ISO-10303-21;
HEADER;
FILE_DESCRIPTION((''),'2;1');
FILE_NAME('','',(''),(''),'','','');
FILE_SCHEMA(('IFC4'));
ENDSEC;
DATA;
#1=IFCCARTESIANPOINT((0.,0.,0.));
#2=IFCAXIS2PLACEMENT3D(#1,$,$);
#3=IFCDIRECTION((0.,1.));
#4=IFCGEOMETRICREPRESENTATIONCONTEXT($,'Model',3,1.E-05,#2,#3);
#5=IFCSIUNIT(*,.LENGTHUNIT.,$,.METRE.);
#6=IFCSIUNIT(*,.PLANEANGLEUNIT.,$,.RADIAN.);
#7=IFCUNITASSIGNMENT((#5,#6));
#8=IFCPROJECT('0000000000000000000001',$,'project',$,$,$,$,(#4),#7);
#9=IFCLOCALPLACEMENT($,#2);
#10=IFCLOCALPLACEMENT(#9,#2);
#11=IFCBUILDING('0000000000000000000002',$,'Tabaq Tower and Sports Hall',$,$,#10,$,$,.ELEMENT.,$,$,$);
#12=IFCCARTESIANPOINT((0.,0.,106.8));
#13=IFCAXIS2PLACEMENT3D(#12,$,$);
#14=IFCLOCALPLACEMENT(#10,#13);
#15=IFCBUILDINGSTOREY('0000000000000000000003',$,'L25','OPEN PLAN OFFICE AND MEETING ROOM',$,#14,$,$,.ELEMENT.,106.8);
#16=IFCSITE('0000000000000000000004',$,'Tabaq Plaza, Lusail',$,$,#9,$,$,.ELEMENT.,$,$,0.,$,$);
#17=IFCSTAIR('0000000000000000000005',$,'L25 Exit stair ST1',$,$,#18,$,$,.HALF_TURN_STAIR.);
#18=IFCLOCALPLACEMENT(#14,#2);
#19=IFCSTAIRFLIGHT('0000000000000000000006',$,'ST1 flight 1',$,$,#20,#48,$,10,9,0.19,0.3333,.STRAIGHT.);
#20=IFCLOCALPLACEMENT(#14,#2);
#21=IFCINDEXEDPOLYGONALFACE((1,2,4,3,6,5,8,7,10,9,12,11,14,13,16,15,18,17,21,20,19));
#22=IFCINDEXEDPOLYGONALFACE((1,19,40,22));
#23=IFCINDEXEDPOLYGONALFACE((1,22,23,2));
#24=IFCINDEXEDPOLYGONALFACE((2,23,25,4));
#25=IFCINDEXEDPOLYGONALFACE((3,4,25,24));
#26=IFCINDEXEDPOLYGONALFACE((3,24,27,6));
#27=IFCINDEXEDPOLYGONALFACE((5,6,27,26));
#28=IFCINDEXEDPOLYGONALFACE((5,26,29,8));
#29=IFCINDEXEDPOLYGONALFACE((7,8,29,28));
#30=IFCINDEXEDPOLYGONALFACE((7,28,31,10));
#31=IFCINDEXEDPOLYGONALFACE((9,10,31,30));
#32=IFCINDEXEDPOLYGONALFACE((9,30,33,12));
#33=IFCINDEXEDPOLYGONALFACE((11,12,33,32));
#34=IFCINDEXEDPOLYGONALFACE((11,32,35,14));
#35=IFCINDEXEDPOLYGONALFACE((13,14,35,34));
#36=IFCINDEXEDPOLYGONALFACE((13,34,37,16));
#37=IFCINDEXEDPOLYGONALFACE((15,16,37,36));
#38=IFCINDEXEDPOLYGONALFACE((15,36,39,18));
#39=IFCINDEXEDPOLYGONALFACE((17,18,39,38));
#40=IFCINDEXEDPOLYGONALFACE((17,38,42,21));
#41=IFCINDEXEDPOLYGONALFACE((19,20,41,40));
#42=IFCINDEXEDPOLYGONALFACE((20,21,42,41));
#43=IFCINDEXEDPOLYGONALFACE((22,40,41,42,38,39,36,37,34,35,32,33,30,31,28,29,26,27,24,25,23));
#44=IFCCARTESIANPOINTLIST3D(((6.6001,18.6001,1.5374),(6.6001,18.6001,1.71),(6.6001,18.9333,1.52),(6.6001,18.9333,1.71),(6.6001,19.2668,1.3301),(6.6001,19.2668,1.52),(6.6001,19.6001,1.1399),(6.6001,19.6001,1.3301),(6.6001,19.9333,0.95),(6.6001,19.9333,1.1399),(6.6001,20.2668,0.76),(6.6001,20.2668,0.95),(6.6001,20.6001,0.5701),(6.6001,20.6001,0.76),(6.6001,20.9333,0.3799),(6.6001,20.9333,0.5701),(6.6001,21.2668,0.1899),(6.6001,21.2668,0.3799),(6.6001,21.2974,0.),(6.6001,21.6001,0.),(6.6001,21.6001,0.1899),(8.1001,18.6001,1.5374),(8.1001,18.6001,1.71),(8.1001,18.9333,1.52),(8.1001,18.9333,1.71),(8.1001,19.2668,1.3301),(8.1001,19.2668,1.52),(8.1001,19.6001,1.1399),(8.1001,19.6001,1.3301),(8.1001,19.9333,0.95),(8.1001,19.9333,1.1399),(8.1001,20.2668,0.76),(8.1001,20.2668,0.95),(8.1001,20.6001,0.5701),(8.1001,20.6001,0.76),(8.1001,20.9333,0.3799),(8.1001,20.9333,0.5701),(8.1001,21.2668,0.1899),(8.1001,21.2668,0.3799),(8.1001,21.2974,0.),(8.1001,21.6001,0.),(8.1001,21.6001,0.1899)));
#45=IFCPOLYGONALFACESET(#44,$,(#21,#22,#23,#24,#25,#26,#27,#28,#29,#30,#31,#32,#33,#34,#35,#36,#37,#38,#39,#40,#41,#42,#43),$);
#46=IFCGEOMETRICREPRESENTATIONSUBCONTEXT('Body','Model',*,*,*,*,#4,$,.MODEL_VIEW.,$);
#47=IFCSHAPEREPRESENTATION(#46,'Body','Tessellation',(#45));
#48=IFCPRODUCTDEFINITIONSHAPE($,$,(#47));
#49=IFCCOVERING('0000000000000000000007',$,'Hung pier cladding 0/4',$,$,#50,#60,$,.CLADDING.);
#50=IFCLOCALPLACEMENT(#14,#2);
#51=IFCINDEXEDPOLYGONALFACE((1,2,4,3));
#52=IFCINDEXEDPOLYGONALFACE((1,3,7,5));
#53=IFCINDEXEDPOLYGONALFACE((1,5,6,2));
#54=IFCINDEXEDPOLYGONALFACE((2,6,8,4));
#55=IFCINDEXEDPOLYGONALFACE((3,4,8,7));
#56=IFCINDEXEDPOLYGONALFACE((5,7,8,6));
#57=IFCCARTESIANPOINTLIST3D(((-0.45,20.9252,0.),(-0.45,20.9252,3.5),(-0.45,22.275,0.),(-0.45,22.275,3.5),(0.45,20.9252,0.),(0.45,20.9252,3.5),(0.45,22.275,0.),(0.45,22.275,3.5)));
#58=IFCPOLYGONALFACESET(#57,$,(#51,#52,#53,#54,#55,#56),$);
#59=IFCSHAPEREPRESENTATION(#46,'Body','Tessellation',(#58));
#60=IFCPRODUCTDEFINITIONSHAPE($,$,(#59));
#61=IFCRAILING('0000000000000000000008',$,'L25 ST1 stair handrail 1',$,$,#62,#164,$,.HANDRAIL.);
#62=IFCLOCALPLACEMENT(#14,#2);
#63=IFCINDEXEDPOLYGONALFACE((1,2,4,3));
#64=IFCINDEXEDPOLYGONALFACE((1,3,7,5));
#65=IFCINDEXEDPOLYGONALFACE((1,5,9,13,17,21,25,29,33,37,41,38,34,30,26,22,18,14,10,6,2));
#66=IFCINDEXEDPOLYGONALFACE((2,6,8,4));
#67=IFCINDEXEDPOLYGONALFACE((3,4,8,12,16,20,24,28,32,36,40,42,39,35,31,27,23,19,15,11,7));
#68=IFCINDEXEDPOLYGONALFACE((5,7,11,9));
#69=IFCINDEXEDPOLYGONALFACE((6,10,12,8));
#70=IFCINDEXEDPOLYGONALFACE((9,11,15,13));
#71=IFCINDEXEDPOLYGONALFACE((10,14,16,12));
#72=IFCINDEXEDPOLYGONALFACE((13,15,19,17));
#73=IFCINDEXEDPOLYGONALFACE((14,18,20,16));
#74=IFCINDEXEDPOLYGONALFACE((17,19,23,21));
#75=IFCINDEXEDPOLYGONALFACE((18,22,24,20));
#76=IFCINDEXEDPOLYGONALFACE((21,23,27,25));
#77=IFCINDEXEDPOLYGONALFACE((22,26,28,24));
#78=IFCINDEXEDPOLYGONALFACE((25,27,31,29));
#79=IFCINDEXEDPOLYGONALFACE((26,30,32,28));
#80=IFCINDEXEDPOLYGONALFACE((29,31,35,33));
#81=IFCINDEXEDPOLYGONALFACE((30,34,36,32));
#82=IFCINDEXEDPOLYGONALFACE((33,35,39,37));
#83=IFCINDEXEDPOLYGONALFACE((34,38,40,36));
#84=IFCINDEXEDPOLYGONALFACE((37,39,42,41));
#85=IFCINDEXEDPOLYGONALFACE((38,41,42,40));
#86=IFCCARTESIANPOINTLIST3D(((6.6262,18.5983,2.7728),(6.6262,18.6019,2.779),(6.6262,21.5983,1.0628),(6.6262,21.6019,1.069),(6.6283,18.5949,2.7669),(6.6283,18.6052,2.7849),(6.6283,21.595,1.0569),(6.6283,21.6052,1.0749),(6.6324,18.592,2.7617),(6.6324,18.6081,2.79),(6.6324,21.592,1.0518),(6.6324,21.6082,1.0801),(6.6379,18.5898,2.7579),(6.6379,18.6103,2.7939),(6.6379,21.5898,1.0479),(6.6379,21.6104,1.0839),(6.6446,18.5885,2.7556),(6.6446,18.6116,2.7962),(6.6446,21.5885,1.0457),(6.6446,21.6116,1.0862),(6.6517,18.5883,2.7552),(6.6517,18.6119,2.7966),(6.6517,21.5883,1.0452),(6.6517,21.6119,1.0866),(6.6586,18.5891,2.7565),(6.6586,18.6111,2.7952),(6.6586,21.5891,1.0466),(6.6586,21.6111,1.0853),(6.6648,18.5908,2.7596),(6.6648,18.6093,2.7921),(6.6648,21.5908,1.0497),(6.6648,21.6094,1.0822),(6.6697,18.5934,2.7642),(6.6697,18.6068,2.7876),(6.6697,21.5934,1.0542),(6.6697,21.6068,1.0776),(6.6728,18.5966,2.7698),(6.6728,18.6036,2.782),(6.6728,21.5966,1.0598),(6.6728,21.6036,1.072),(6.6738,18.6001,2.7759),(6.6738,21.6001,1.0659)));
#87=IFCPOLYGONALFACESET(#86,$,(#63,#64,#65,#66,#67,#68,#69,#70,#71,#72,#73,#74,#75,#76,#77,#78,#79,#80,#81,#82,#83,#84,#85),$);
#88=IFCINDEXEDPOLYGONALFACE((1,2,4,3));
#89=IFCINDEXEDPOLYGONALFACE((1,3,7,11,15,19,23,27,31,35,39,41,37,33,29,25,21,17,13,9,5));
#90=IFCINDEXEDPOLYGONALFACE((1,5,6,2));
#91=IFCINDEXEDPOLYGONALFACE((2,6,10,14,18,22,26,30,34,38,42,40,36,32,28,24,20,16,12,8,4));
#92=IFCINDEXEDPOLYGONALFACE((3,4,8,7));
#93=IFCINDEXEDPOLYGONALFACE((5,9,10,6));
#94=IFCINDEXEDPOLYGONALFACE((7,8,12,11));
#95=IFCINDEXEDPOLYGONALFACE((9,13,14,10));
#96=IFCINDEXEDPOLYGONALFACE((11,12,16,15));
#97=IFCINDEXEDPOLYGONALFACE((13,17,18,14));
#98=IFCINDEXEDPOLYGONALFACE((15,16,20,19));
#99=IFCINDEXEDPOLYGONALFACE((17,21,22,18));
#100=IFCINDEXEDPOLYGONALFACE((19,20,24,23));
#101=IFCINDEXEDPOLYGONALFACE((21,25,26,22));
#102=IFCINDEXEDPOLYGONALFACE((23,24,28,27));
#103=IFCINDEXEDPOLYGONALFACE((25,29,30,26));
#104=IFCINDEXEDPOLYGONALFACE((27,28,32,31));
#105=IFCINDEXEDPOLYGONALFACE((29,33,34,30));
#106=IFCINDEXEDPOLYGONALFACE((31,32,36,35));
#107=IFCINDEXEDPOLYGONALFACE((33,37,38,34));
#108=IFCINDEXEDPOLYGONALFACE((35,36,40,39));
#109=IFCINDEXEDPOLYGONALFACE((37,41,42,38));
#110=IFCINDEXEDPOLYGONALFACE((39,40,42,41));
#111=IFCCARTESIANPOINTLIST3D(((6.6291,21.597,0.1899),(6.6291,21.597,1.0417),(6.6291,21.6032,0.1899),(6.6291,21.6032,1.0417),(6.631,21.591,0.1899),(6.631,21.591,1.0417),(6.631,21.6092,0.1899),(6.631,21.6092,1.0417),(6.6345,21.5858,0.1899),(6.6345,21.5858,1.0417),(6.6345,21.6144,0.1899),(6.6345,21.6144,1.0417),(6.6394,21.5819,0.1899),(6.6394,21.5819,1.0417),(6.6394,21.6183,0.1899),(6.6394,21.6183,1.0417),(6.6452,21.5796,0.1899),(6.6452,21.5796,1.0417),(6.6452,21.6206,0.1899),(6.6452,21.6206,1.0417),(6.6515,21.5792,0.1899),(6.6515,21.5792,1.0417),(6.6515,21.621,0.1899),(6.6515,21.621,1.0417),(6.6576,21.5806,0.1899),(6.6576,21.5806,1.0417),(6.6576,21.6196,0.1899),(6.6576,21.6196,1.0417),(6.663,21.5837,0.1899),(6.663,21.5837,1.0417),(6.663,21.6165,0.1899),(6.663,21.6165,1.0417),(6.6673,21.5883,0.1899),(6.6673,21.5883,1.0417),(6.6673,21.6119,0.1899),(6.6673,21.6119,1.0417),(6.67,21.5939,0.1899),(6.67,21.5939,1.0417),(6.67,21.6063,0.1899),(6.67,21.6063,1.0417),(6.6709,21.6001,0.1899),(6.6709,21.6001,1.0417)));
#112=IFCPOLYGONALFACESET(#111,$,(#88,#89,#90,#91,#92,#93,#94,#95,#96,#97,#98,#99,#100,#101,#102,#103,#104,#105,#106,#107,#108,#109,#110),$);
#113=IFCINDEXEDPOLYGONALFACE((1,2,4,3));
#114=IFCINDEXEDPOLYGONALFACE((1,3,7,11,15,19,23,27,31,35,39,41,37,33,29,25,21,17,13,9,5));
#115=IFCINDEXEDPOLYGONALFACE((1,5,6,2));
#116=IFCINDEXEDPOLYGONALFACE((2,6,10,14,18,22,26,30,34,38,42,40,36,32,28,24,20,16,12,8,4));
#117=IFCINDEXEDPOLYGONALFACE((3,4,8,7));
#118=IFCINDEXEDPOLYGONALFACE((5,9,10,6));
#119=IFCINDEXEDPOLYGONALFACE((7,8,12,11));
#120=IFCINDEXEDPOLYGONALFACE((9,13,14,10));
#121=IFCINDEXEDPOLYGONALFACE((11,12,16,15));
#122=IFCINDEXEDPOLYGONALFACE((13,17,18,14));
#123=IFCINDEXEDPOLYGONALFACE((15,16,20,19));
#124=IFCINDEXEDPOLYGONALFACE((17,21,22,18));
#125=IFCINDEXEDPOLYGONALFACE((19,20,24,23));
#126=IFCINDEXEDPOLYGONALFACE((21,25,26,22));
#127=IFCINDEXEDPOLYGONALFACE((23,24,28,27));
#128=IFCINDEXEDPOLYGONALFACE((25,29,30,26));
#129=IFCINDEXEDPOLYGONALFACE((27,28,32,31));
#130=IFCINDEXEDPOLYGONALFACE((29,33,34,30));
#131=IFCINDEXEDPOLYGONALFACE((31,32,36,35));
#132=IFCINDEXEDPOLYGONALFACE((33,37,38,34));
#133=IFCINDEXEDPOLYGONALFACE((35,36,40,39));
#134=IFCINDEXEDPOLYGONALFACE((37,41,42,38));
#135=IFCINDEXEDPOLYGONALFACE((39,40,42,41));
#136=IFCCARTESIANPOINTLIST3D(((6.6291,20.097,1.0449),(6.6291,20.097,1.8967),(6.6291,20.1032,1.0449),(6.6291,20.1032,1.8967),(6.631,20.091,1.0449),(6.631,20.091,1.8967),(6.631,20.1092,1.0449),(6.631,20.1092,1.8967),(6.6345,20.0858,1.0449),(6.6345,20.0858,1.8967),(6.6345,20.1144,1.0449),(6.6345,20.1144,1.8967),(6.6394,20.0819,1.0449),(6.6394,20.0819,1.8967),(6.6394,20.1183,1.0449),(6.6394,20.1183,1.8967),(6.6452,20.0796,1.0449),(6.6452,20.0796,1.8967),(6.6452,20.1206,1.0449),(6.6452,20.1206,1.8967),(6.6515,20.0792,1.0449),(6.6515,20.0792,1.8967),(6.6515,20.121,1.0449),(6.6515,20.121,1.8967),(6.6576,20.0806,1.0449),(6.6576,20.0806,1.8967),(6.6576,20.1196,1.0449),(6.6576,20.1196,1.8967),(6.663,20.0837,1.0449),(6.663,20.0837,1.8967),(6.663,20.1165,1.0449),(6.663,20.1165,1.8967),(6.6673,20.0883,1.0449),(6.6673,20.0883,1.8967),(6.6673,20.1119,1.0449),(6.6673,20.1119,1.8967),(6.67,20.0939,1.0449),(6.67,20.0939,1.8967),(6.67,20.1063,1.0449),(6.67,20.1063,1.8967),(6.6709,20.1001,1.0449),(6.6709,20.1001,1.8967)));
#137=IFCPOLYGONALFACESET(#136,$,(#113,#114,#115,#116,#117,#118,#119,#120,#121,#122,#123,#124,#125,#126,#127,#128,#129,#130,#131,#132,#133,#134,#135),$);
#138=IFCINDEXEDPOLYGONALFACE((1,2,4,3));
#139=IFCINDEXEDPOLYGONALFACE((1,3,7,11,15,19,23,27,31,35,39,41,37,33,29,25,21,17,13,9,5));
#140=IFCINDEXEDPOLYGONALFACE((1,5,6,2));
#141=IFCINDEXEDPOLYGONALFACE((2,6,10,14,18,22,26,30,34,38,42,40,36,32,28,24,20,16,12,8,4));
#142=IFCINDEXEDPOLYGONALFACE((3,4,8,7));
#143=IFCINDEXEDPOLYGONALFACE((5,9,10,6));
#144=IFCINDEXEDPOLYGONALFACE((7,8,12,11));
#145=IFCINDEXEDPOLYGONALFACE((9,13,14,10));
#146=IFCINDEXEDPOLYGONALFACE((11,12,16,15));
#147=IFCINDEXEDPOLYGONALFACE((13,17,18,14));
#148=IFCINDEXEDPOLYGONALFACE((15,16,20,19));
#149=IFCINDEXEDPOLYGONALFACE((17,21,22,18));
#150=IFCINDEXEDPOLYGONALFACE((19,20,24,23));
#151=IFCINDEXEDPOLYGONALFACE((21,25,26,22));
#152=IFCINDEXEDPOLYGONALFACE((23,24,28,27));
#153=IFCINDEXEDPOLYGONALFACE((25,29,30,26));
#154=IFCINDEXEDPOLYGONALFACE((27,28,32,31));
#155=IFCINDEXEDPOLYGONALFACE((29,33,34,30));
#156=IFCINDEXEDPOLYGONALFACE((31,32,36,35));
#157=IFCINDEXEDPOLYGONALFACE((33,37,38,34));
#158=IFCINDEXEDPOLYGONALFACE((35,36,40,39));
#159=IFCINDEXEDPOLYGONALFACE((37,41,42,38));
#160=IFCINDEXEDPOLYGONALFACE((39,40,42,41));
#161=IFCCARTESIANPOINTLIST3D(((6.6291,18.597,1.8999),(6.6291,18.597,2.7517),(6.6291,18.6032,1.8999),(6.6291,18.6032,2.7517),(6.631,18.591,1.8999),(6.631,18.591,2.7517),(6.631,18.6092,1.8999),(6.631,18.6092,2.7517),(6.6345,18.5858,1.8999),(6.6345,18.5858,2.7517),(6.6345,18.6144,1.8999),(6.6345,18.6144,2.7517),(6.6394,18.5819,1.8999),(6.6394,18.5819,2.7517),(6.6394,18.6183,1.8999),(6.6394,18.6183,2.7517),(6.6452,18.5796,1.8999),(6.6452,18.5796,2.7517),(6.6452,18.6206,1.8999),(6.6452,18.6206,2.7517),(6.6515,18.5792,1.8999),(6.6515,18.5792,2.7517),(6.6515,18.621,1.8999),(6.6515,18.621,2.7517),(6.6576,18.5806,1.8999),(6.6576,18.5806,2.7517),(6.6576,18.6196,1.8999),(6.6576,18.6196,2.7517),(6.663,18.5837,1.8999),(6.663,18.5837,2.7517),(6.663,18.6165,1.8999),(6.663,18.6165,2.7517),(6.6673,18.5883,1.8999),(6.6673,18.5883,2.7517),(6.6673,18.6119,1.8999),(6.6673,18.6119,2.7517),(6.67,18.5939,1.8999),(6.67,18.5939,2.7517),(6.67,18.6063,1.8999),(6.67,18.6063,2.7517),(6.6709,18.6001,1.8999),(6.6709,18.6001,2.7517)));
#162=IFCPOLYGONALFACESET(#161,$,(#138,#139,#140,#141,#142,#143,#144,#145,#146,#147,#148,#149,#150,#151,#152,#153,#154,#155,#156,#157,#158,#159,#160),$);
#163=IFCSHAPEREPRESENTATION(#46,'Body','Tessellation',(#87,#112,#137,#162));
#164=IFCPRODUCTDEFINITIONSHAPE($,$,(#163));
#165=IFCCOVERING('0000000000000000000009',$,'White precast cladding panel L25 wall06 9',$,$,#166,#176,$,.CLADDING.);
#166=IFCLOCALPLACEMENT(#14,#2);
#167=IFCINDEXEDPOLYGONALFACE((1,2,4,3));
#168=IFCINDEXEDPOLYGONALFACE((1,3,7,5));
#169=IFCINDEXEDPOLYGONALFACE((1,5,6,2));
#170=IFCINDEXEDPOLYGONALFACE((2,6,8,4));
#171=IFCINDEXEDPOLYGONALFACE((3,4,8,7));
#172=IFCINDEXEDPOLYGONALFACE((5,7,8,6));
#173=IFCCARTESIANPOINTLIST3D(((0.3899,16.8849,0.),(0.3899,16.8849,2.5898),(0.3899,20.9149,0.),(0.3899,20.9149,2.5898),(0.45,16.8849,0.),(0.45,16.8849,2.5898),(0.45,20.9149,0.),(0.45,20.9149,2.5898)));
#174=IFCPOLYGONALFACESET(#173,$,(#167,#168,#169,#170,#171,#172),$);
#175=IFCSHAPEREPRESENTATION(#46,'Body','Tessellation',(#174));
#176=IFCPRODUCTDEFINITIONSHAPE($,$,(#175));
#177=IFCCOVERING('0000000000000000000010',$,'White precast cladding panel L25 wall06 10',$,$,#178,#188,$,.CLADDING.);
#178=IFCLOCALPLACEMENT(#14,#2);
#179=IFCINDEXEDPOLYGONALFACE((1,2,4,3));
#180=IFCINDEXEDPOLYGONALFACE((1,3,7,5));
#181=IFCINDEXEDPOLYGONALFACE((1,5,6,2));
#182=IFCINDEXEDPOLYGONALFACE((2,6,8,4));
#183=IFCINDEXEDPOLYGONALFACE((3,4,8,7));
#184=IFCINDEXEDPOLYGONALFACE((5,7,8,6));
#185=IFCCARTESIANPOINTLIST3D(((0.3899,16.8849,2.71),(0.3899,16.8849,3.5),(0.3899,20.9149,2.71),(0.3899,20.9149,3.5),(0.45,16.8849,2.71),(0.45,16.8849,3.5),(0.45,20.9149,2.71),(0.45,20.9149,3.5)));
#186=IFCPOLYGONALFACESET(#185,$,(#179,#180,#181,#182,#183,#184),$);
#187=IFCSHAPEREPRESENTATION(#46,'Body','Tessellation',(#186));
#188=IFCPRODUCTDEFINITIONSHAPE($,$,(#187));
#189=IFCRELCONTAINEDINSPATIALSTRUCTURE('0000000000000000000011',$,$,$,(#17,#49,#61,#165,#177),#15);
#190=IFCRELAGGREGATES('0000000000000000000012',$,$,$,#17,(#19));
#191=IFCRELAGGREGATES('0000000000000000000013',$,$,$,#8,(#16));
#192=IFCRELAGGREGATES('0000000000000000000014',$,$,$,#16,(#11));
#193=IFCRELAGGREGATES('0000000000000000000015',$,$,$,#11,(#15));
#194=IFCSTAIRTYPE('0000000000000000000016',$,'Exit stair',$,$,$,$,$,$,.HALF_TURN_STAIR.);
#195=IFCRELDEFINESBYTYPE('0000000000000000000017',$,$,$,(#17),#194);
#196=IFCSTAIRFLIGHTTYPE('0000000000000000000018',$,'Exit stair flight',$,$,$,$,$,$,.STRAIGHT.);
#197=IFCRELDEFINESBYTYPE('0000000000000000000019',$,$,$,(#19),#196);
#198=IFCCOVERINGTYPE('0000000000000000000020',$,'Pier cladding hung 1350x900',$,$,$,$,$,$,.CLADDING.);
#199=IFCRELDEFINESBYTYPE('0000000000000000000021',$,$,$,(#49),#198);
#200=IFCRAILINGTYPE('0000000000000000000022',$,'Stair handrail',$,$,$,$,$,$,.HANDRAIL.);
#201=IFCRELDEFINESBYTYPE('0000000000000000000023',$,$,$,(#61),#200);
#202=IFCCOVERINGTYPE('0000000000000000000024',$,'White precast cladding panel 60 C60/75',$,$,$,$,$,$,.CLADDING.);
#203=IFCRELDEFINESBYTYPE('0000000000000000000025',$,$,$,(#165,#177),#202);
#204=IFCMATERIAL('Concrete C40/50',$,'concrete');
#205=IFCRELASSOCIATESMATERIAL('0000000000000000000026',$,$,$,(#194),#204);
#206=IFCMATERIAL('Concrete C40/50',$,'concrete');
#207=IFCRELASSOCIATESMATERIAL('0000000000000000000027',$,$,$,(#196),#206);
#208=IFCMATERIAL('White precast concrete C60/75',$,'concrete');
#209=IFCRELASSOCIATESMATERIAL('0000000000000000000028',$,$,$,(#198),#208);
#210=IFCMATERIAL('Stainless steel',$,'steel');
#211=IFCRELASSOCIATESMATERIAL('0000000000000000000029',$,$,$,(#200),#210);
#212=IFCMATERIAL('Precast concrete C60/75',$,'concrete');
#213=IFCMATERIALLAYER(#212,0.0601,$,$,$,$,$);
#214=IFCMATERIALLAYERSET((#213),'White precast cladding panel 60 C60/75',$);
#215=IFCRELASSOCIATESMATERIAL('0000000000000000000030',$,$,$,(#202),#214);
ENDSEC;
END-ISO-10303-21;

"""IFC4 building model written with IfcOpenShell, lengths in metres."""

from ifc_helpers import new_model, si_unit, direction, frame, frame_2d, origin, origin_2d, place, context, subcontext, project, spatial, polyline, rectangle, circle, outline, extrude, material, layer, layer_set, type_object, element, aggregate, save


model = new_model("IFC4")

# Units and contexts
model_context = context("Model", 3, precision=1e-05, world=origin(), true_north=direction((0.0, 1.0)))
body_context = subcontext(model_context, "Body", "Model", "MODEL_VIEW")
ifc_project = project(units=[si_unit("LENGTHUNIT", "METRE"), si_unit("PLANEANGLEUNIT", "RADIAN")], contexts=[model_context])

# Site, building, storey
site_placement = place(None, origin())
site = spatial("IfcSite", under=ifc_project, at=site_placement, Name="Tabaq Plaza, Lusail", CompositionType="ELEMENT", RefElevation=0.0)
building_placement = place(site_placement, origin())
building = spatial("IfcBuilding", under=site, at=building_placement, Name="Tabaq Tower and Sports Hall", CompositionType="ELEMENT")
storey_placement = place(building_placement, frame((0.0, 0.0, 106.8)))
storey = spatial("IfcBuildingStorey", under=building, at=storey_placement, Name="L25", Description="OPEN PLAN OFFICE AND MEETING ROOM", CompositionType="ELEMENT", Elevation=106.8)

# Stair, stair flight
ifc_material_1 = material(Name="Concrete C40/50", Category="concrete")
stair_type = type_object("IfcStairType", Name="Exit stair", PredefinedType="HALF_TURN_STAIR", material=ifc_material_1)
stair_placement = place(storey_placement, origin())
stair = element("IfcStair", 1, at=stair_placement, inside=storey, type_object=stair_type, Name="L25 Exit stair ST1", PredefinedType="HALF_TURN_STAIR")
ifc_material_2 = material(Name="Concrete C40/50", Category="concrete")
stair_flight_type = type_object("IfcStairFlightType", Name="Exit stair flight", PredefinedType="STRAIGHT", material=ifc_material_2)
stair_flight_placement = place(storey_placement, frame((7.3501, 21.6001, 0.0), z_axis=(0.0, 0.0, 1.0), x_axis=(0.0, -1.0, 0.0)))
stair_flight = element("IfcStairFlight", 2, at=stair_flight_placement, type_object=stair_flight_type, Name="ST1 flight 1", NumberOfRisers=10, NumberOfTreads=9, PredefinedType="STRAIGHT", RiserHeight=0.19, TreadLength=0.3333, context=body_context, shape_type="SweptSolid", body=[
    extrude(outline(polyline([(0.0, 0.0), (0.0, 0.1899), (0.3333, 0.1899), (0.3333, 0.3799), (0.6667, 0.3799), (0.6667, 0.5701), (1.0, 0.5701), (1.0, 0.76), (1.3333, 0.76), (1.3333, 0.95), (1.6667, 0.95), (1.6667, 1.1399), (2.0, 1.1399), (2.0, 1.3301), (2.3333, 1.3301), (2.3333, 1.52), (2.6667, 1.52), (2.6667, 1.71), (3.0, 1.71), (3.0, 1.8999), (3.0, 1.5374), (0.3027, 0.0), (0.0, 0.0)])), frame((0.0, 0.75, 0.0), z_axis=(0.0, -1.0, 0.0), x_axis=(1.0, 0.0, 0.0)), (0.0, 0.0, 1.0), 1.5),
])
aggregate(stair, [stair_flight])

# Covering
ifc_material_3 = material(Name="White precast concrete C60/75", Category="concrete")
covering_type_1 = type_object("IfcCoveringType", Name="Pier cladding hung 1350x900", PredefinedType="CLADDING", material=ifc_material_3)
covering_1_placement = place(storey_placement, frame((0.0, 22.2749, 0.0), z_axis=(0.0, 0.0, 1.0), x_axis=(0.0, -1.0, 0.0)))
element("IfcCovering", 3, at=covering_1_placement, inside=storey, type_object=covering_type_1, Name="Hung pier cladding 0/4", PredefinedType="CLADDING", context=body_context, shape_type="SweptSolid", body=[
    extrude(rectangle(XDim=1.3499, YDim=0.8999, at=frame_2d((0.6748, 0.0))), origin(), (0.0, 0.0, 1.0), 3.5),
])

# Railing
ifc_material_4 = material(Name="Stainless steel", Category="steel")
railing_type_1 = type_object("IfcRailingType", Name="Stair handrail", PredefinedType="HANDRAIL", material=ifc_material_4)
railing_1_placement = place(storey_placement, frame((6.6499, 21.6001, 0.1899)))
element("IfcRailing", 4, at=railing_1_placement, inside=storey, type_object=railing_type_1, Name="L25 ST1 stair handrail 1", PredefinedType="HANDRAIL", context=body_context, shape_type="SweptSolid", body=[
    extrude(circle(Radius=0.0239, at=origin_2d()), frame((0.0, 0.0, 0.876), z_axis=(0.0, -0.868782, 0.495195), x_axis=(1.0, 0.0, 0.0)), (0.0, 0.0, 1.0), 3.4531),
    extrude(circle(Radius=0.021, at=origin_2d()), origin(), (0.0, 0.0, 1.0), 0.8518),
    extrude(circle(Radius=0.021, at=origin_2d()), frame((0.0, -1.5, 0.855)), (0.0, 0.0, 1.0), 0.8518),
    extrude(circle(Radius=0.021, at=origin_2d()), frame((0.0, -3.0, 1.71)), (0.0, 0.0, 1.0), 0.8518),
])

# Coverings
ifc_material_5 = material(Name="Precast concrete C60/75", Category="concrete")
ifc_layer_1 = layer(ifc_material_5, 0.0601)
ifc_layer_set_1 = layer_set([ifc_layer_1], Name="White precast cladding panel 60 C60/75")
covering_type_2 = type_object("IfcCoveringType", Name="White precast cladding panel 60 C60/75", PredefinedType="CLADDING", material=ifc_layer_set_1)
covering_2_placement = place(storey_placement, frame((0.4199, 20.915, 0.0), z_axis=(0.0, 0.0, 1.0), x_axis=(0.0, -1.0, 0.0)))
element("IfcCovering", 5, at=covering_2_placement, inside=storey, type_object=covering_type_2, Name="White precast cladding panel L25 wall06 9", PredefinedType="CLADDING", context=body_context, shape_type="SweptSolid", body=[
    extrude(rectangle(XDim=4.03, YDim=0.0601, at=frame_2d((2.0151, 0.0))), origin(), (0.0, 0.0, 1.0), 2.5898),
])
covering_3_placement = place(storey_placement, frame((0.4199, 20.915, 2.71), z_axis=(0.0, 0.0, 1.0), x_axis=(0.0, -1.0, 0.0)))
element("IfcCovering", 6, at=covering_3_placement, inside=storey, type_object=covering_type_2, Name="White precast cladding panel L25 wall06 10", PredefinedType="CLADDING", context=body_context, shape_type="SweptSolid", body=[
    extrude(rectangle(XDim=4.03, YDim=0.0601, at=frame_2d((2.0151, 0.0))), origin(), (0.0, 0.0, 1.0), 0.79),
])

save(model, "model.ifc")
